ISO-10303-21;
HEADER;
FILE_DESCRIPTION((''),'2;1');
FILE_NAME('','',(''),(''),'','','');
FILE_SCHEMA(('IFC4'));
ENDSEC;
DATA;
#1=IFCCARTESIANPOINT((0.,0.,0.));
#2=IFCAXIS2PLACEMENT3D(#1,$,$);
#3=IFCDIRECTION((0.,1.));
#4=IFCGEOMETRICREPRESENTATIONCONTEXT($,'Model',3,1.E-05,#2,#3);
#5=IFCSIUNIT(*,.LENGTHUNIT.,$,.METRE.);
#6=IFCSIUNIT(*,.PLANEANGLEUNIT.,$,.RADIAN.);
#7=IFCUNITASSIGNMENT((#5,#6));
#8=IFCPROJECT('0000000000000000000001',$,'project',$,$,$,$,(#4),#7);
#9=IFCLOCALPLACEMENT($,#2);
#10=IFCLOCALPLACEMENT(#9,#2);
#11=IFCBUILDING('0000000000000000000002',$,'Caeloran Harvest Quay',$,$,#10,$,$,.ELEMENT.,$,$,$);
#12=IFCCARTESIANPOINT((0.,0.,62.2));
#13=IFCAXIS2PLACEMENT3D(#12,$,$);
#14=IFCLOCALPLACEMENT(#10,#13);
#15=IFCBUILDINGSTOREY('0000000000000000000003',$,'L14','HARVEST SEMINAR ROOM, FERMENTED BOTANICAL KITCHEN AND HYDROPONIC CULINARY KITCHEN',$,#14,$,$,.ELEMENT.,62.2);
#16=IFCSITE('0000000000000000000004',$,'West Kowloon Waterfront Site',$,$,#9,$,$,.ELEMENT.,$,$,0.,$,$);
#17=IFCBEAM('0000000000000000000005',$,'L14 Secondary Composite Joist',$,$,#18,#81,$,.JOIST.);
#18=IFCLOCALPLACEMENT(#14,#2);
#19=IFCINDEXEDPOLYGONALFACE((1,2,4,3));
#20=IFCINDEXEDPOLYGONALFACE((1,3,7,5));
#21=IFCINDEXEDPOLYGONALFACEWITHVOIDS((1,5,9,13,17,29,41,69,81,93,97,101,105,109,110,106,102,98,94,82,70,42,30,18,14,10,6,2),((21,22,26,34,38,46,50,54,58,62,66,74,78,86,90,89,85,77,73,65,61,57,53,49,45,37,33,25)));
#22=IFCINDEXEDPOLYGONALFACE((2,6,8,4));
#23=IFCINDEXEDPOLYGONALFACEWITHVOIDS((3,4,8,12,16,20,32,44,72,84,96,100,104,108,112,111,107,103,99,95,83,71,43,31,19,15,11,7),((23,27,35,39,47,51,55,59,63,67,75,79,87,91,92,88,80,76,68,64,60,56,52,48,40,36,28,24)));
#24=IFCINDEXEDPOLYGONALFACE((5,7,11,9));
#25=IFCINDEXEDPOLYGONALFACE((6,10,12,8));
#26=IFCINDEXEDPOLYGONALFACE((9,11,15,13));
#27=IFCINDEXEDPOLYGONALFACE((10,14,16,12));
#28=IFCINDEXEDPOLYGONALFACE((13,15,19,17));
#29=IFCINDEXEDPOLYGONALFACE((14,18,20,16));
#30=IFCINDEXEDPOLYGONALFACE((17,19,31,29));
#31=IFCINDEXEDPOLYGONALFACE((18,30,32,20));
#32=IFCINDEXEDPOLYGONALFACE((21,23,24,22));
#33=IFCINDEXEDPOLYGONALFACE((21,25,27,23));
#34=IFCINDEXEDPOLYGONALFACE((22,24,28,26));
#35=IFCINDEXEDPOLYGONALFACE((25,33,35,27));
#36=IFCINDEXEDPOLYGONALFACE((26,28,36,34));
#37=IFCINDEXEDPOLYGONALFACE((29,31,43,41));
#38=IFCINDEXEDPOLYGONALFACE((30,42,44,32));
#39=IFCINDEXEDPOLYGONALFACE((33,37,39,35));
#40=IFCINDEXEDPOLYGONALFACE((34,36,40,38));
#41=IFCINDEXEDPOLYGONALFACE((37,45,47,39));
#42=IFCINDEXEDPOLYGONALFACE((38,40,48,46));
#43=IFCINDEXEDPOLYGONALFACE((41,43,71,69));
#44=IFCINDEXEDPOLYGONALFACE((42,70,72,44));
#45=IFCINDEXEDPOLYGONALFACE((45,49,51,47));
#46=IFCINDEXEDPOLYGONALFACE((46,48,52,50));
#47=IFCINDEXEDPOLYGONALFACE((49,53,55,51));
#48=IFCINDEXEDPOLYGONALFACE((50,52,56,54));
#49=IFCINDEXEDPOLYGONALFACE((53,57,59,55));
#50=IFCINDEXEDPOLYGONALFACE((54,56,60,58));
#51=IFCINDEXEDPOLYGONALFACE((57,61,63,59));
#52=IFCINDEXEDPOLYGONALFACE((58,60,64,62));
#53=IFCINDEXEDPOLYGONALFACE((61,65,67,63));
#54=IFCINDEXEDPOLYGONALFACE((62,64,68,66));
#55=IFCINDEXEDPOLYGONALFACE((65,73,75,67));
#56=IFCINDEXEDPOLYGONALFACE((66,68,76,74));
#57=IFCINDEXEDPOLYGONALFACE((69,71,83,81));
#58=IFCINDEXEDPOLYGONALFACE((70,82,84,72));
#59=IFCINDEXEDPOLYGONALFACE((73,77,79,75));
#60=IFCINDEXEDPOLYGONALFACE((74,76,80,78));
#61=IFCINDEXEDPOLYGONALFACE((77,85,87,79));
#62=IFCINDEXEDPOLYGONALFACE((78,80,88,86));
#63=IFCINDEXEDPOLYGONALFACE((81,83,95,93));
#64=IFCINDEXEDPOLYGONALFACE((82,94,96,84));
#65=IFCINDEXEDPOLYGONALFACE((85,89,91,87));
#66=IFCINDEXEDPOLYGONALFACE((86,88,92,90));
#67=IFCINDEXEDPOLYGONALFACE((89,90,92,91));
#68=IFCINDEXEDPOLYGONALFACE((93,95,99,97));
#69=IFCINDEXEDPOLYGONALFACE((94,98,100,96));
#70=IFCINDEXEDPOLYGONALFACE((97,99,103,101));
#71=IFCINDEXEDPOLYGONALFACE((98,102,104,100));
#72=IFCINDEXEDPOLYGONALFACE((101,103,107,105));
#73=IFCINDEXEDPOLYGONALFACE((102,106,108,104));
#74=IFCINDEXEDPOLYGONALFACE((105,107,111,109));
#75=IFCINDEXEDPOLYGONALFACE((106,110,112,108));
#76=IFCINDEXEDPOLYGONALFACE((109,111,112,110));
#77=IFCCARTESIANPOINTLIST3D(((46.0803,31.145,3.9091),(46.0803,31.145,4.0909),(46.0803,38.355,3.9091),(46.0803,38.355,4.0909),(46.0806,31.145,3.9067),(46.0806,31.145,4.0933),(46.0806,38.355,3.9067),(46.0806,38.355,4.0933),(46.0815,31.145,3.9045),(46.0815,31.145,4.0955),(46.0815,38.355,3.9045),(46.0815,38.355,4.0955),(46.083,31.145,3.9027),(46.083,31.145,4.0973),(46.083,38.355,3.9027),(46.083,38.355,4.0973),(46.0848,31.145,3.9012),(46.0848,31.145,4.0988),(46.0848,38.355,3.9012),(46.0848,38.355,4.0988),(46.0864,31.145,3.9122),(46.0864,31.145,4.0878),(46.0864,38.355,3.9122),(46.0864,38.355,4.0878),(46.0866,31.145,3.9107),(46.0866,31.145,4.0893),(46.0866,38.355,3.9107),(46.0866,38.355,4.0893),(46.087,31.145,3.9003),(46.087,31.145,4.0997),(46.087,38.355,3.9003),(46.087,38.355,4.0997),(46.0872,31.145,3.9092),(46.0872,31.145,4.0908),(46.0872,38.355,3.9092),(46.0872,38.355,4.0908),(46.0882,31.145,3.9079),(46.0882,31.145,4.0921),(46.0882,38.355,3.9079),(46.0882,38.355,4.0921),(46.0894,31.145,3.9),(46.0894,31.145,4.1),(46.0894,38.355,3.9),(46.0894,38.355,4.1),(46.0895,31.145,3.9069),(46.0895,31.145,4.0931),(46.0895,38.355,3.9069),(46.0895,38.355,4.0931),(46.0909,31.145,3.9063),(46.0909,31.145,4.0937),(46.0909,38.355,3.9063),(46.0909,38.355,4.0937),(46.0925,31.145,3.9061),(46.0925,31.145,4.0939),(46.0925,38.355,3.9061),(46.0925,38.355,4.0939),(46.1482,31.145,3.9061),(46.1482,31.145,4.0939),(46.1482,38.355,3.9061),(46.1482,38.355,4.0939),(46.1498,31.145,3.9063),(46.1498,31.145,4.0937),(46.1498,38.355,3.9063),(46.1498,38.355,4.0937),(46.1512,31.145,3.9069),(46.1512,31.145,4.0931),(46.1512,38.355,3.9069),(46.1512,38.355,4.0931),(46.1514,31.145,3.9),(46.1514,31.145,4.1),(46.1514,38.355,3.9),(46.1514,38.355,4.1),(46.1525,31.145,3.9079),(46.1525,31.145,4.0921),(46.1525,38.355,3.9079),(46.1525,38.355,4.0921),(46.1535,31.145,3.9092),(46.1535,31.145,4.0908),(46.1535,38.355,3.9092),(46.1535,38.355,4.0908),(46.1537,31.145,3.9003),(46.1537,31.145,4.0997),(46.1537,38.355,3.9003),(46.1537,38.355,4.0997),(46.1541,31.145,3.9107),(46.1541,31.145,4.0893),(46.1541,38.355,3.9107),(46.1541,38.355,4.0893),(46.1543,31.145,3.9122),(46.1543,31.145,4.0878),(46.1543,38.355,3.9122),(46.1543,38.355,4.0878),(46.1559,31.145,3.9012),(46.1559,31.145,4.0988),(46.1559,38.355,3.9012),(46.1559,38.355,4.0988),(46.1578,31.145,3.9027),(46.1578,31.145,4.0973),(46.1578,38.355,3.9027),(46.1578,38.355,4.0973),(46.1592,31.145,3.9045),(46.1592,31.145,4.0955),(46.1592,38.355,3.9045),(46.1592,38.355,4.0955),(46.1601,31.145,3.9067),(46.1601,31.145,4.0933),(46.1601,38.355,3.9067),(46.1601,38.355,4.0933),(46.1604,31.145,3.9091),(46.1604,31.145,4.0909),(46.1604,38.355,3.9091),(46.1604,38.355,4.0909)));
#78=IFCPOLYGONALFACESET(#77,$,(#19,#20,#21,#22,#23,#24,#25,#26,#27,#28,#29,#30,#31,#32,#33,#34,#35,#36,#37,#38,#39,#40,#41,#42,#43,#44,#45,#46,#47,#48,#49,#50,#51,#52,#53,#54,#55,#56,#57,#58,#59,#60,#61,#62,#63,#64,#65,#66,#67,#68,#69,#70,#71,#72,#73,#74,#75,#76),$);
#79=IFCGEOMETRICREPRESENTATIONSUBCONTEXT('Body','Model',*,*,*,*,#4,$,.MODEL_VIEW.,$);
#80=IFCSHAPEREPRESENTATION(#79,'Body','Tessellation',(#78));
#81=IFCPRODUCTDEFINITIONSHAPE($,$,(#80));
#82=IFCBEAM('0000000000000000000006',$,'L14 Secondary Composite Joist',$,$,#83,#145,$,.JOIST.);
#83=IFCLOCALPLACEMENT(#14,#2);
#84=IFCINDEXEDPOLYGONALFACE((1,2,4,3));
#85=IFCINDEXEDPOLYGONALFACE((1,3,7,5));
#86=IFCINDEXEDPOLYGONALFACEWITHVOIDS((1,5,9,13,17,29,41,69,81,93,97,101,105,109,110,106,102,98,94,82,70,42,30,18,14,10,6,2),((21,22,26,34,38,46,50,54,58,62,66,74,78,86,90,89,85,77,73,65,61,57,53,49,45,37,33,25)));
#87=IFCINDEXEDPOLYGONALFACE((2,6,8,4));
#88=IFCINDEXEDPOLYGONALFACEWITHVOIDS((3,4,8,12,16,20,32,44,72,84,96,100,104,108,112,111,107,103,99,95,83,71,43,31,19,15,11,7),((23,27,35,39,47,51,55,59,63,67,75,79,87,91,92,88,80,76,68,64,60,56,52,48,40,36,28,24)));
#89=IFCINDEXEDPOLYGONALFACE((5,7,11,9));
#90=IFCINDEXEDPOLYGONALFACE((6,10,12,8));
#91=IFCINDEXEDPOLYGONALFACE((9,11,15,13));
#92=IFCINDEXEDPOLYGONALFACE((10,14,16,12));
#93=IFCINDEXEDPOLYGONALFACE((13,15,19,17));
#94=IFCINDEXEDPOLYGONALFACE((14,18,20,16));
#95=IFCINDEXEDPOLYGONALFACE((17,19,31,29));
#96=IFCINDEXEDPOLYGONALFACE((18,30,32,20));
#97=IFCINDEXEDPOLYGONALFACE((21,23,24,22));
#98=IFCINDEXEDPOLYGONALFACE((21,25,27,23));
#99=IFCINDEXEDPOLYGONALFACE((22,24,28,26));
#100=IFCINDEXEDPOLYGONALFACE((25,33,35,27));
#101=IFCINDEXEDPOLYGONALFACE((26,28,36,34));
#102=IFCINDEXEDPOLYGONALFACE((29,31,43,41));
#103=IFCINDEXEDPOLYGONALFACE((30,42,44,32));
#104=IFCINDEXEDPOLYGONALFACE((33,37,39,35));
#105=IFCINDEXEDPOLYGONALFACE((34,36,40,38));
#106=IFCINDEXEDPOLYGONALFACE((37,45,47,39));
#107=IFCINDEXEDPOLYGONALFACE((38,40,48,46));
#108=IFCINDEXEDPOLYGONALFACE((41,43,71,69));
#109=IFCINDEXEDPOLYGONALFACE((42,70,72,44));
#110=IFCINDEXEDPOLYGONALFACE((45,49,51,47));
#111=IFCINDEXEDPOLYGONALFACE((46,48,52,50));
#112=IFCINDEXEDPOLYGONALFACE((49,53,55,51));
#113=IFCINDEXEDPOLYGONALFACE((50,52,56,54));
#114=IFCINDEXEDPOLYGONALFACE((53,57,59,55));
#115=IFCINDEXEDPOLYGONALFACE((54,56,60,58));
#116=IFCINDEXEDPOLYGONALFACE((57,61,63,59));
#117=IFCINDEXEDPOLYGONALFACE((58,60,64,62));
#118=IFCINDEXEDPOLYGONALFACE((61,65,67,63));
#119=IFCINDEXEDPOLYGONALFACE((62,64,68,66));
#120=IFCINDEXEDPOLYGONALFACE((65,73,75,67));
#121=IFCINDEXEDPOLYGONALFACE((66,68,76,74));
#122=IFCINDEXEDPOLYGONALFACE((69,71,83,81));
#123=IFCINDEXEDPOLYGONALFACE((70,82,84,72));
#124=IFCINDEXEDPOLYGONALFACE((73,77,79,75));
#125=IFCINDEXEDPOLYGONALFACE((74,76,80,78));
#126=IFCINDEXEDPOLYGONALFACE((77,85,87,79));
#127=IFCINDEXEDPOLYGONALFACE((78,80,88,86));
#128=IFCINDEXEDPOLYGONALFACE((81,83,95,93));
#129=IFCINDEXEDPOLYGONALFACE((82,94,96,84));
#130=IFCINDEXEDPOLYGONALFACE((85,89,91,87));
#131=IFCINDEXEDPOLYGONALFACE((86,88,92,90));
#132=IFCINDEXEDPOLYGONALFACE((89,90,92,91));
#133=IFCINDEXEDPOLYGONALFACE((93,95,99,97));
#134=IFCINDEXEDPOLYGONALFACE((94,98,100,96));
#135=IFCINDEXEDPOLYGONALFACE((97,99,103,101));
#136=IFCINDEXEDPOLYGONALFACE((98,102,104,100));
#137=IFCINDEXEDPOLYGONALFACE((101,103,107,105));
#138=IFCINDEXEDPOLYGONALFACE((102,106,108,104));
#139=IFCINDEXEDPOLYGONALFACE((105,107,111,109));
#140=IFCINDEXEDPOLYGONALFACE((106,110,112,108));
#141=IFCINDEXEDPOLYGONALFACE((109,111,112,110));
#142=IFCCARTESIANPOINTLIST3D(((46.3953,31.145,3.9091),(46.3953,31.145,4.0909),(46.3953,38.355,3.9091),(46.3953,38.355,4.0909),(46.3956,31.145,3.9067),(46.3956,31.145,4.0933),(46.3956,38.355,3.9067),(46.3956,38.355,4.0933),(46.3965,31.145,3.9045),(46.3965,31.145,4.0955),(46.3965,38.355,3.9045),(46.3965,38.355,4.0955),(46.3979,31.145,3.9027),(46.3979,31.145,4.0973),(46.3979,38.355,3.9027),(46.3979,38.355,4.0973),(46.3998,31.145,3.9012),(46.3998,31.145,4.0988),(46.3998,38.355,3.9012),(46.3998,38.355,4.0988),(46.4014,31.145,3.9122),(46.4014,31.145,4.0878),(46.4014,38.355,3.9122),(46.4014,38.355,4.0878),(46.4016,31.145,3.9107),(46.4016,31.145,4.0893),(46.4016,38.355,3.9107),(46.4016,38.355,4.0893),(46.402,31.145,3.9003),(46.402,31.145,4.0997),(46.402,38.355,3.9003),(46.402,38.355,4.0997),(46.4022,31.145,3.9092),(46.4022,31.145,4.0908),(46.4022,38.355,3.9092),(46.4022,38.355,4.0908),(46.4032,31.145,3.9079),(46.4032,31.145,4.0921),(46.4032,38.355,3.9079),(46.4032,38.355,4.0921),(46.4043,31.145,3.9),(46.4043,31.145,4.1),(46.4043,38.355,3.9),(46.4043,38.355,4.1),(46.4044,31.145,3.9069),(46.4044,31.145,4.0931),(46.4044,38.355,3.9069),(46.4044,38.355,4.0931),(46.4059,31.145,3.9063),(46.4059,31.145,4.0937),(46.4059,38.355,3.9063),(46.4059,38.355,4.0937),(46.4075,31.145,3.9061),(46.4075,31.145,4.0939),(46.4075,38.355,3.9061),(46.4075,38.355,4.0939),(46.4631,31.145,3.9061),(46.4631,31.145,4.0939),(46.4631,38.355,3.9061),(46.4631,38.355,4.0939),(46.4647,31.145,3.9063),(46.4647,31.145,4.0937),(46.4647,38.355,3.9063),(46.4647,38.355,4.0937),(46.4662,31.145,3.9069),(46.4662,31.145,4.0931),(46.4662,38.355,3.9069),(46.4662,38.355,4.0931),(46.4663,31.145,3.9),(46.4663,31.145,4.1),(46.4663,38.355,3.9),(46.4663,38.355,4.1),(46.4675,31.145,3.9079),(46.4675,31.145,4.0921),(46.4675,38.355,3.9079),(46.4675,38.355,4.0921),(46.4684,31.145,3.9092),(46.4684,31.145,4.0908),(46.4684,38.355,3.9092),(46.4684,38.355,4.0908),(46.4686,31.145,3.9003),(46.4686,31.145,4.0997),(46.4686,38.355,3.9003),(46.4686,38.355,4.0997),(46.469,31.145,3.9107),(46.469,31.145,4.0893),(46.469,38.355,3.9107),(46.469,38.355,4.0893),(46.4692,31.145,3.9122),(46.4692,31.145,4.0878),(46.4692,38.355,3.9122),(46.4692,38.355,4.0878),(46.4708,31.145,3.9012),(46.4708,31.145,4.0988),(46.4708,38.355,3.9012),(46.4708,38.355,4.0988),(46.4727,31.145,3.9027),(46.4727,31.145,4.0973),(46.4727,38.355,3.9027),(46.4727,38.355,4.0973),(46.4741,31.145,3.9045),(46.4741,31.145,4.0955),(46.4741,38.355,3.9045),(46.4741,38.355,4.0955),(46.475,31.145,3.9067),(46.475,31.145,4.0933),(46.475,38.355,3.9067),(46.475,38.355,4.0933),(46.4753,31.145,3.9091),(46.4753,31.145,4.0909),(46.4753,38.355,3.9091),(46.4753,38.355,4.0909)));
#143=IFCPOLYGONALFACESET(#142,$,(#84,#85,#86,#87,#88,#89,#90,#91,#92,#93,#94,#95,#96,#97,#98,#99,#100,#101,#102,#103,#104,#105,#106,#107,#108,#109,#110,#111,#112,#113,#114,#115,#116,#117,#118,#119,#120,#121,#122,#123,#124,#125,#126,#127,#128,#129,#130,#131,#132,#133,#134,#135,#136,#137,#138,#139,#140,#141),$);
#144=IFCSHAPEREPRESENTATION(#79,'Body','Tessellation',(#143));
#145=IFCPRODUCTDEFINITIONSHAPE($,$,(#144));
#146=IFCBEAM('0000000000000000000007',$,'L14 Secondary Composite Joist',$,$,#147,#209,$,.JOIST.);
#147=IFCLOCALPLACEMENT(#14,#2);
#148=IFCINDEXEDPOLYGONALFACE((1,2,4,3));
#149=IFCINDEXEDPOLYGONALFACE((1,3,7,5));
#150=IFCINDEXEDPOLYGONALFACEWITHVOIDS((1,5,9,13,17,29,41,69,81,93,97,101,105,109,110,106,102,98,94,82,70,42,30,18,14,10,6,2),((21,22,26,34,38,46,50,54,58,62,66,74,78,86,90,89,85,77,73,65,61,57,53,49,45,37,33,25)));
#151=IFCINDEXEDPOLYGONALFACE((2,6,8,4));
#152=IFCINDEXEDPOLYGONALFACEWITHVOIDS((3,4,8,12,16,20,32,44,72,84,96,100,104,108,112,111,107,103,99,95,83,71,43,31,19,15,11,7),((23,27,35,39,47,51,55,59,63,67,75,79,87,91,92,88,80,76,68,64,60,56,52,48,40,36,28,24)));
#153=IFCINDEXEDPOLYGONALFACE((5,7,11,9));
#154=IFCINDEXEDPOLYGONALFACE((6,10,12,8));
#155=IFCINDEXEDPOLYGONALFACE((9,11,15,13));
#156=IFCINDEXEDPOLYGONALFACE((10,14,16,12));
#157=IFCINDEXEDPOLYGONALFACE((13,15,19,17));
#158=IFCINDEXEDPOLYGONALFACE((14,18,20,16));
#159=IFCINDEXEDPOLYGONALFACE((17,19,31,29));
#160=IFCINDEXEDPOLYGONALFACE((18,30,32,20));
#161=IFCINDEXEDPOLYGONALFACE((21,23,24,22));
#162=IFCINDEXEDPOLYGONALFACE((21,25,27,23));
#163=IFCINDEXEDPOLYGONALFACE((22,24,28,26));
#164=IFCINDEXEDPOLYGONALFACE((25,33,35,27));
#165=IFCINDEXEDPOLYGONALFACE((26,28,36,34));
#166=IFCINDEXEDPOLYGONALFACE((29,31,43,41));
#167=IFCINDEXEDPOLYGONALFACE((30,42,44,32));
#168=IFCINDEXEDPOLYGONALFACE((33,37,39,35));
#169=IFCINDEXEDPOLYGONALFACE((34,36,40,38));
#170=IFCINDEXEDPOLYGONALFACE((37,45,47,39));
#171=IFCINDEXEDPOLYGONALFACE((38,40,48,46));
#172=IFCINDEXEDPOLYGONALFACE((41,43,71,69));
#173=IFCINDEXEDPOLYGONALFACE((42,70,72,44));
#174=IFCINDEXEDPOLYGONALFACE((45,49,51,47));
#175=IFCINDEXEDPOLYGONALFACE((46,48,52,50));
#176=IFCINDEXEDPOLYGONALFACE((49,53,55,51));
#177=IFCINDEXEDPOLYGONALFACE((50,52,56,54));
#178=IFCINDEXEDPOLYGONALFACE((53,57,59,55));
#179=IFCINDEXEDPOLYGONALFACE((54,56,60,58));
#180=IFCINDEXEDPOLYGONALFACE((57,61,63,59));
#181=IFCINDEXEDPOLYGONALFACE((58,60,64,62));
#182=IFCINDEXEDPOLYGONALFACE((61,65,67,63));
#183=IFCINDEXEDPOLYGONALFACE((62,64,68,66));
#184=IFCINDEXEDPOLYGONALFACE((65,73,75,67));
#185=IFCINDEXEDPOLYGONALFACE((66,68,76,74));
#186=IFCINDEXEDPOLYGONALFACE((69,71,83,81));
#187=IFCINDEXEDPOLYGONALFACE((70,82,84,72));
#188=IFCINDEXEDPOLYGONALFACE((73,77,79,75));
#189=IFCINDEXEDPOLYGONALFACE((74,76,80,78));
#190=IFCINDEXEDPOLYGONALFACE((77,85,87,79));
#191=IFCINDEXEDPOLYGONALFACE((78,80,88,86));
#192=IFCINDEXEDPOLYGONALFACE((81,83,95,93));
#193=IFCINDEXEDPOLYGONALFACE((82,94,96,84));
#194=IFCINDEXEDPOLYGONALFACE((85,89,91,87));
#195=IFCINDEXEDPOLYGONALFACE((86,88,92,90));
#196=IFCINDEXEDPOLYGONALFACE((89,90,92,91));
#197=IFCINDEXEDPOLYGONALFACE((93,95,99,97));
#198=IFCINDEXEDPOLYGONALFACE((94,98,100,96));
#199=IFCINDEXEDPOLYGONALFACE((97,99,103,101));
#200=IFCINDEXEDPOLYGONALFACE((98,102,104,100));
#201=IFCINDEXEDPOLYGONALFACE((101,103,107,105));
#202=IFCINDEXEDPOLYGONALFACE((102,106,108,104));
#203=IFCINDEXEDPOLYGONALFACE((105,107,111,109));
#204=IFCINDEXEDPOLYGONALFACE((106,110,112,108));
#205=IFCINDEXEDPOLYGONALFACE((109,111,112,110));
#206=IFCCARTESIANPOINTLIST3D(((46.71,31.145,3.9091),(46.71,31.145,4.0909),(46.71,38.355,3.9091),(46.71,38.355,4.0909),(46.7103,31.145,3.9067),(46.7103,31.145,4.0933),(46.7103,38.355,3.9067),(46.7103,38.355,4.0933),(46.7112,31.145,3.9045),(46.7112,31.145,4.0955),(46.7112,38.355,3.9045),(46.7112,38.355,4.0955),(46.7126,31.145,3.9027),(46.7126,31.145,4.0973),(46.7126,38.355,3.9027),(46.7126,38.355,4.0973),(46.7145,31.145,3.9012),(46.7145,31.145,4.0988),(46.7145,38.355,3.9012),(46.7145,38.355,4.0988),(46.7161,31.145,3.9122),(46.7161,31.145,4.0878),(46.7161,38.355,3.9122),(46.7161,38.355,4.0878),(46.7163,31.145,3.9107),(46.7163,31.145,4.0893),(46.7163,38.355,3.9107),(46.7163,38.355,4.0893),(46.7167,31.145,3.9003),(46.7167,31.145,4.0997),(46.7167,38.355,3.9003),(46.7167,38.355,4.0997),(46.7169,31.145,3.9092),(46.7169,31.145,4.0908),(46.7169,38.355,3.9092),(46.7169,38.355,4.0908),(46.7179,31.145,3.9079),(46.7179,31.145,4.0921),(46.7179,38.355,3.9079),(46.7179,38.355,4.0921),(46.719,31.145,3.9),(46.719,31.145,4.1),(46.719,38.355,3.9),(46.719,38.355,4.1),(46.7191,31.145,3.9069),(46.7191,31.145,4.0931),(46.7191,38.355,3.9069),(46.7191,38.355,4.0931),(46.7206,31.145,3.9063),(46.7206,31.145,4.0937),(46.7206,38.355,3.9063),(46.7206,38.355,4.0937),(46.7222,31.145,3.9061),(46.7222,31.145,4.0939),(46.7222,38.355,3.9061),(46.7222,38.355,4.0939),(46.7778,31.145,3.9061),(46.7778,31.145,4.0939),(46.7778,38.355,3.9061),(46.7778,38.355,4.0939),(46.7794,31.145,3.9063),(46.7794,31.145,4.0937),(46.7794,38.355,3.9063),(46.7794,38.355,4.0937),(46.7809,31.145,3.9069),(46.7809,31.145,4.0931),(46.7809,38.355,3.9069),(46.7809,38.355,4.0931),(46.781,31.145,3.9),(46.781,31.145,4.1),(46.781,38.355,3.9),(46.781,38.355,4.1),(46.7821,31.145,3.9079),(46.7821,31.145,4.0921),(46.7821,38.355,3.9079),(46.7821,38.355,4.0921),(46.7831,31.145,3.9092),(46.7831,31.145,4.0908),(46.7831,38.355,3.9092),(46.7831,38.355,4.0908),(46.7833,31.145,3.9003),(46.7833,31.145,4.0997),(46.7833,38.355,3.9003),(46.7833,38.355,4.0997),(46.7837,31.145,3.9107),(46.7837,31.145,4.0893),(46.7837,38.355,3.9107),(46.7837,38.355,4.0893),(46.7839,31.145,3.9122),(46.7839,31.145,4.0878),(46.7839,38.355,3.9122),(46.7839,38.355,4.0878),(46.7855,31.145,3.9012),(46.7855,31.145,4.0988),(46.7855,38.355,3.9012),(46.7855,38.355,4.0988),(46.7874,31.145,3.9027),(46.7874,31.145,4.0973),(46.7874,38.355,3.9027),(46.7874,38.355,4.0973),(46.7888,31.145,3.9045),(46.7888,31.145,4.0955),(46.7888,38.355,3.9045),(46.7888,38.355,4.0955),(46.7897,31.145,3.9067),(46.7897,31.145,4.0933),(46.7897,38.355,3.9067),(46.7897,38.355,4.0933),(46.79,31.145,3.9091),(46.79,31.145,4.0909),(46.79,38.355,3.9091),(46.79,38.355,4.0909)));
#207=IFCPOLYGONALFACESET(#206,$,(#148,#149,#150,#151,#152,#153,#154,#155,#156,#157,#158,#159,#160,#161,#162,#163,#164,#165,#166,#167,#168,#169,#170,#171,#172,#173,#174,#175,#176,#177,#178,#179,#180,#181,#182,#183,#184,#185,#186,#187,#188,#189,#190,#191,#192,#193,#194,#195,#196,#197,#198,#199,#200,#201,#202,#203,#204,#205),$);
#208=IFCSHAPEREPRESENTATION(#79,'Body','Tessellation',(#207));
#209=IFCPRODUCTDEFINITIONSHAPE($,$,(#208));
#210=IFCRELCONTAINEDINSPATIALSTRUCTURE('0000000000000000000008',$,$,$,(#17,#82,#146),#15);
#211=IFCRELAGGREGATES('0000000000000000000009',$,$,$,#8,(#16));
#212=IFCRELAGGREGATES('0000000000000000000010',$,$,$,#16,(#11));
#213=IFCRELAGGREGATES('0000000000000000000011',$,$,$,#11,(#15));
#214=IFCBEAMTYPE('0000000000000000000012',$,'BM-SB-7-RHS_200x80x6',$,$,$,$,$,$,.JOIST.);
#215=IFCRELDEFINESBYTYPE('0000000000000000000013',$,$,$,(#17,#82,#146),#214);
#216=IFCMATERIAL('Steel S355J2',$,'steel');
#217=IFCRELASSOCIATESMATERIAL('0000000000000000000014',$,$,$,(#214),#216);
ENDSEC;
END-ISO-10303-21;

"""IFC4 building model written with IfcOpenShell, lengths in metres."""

from ifc_helpers import new_model, si_unit, direction, frame, origin, origin_2d, place, context, subcontext, project, spatial, hollow_rectangle, extrude, material, material_profile, profile_set, type_object, element, save


model = new_model("IFC4")

# Units and contexts
model_context = context("Model", 3, precision=1e-05, world=origin(), true_north=direction((0.0, 1.0)))
body_context = subcontext(model_context, "Body", "Model", "MODEL_VIEW")
ifc_project = project(units=[si_unit("LENGTHUNIT", "METRE"), si_unit("PLANEANGLEUNIT", "RADIAN")], contexts=[model_context])

# Site, building, storey
site_placement = place(None, origin())
site = spatial("IfcSite", under=ifc_project, at=site_placement, Name="West Kowloon Waterfront Site", CompositionType="ELEMENT", RefElevation=0.0)
building_placement = place(site_placement, origin())
building = spatial("IfcBuilding", under=site, at=building_placement, Name="Caeloran Harvest Quay", CompositionType="ELEMENT")
storey_placement = place(building_placement, frame((0.0, 0.0, 62.2)))
storey = spatial("IfcBuildingStorey", under=building, at=storey_placement, Name="L14", Description="HARVEST SEMINAR ROOM, FERMENTED BOTANICAL KITCHEN AND HYDROPONIC CULINARY KITCHEN", CompositionType="ELEMENT", Elevation=62.2)

# Beams
ifc_material_1 = material(Name="Steel S355J2", Category="steel")
ifc_material_profile_1 = material_profile(ifc_material_1, hollow_rectangle(XDim=0.0801, YDim=0.2, WallThickness=0.0061, InnerFilletRadius=0.0061, OuterFilletRadius=0.009, at=origin_2d()), Name="RHS 200x80x6")
ifc_profile_set_1 = profile_set([ifc_material_profile_1], Name="Steel S355J2")
beam_type_1 = type_object("IfcBeamType", Name="BM-SB-7-RHS_200x80x6", PredefinedType="JOIST", material=ifc_profile_set_1)
for number, where, z_axis, x_axis, name in (
    (1, (46.1204, 31.145, 4.0), (0.0, 1.0, 0.0), (-1.0, 0.0, 0.0), "L14 Secondary Composite Joist"),
    (2, (46.4353, 31.145, 4.0), (0.0, 1.0, 0.0), (-1.0, 0.0, 0.0), "L14 Secondary Composite Joist"),
    (3, (46.75, 31.145, 4.0), (0.0, 1.0, 0.0), (-1.0, 0.0, 0.0), "L14 Secondary Composite Joist"),
):
    element("IfcBeam", number, at=place(storey_placement, frame(where, z_axis=z_axis, x_axis=x_axis)), inside=storey, type_object=beam_type_1, Name=name, PredefinedType="JOIST", context=body_context, shape_type="SweptSolid", body=[
        extrude(hollow_rectangle(XDim=0.0801, YDim=0.2, WallThickness=0.0061, InnerFilletRadius=0.0061, OuterFilletRadius=0.009, at=origin_2d()), origin(), (0.0, 0.0, 1.0), 7.21),
    ])

save(model, "model.ifc")
